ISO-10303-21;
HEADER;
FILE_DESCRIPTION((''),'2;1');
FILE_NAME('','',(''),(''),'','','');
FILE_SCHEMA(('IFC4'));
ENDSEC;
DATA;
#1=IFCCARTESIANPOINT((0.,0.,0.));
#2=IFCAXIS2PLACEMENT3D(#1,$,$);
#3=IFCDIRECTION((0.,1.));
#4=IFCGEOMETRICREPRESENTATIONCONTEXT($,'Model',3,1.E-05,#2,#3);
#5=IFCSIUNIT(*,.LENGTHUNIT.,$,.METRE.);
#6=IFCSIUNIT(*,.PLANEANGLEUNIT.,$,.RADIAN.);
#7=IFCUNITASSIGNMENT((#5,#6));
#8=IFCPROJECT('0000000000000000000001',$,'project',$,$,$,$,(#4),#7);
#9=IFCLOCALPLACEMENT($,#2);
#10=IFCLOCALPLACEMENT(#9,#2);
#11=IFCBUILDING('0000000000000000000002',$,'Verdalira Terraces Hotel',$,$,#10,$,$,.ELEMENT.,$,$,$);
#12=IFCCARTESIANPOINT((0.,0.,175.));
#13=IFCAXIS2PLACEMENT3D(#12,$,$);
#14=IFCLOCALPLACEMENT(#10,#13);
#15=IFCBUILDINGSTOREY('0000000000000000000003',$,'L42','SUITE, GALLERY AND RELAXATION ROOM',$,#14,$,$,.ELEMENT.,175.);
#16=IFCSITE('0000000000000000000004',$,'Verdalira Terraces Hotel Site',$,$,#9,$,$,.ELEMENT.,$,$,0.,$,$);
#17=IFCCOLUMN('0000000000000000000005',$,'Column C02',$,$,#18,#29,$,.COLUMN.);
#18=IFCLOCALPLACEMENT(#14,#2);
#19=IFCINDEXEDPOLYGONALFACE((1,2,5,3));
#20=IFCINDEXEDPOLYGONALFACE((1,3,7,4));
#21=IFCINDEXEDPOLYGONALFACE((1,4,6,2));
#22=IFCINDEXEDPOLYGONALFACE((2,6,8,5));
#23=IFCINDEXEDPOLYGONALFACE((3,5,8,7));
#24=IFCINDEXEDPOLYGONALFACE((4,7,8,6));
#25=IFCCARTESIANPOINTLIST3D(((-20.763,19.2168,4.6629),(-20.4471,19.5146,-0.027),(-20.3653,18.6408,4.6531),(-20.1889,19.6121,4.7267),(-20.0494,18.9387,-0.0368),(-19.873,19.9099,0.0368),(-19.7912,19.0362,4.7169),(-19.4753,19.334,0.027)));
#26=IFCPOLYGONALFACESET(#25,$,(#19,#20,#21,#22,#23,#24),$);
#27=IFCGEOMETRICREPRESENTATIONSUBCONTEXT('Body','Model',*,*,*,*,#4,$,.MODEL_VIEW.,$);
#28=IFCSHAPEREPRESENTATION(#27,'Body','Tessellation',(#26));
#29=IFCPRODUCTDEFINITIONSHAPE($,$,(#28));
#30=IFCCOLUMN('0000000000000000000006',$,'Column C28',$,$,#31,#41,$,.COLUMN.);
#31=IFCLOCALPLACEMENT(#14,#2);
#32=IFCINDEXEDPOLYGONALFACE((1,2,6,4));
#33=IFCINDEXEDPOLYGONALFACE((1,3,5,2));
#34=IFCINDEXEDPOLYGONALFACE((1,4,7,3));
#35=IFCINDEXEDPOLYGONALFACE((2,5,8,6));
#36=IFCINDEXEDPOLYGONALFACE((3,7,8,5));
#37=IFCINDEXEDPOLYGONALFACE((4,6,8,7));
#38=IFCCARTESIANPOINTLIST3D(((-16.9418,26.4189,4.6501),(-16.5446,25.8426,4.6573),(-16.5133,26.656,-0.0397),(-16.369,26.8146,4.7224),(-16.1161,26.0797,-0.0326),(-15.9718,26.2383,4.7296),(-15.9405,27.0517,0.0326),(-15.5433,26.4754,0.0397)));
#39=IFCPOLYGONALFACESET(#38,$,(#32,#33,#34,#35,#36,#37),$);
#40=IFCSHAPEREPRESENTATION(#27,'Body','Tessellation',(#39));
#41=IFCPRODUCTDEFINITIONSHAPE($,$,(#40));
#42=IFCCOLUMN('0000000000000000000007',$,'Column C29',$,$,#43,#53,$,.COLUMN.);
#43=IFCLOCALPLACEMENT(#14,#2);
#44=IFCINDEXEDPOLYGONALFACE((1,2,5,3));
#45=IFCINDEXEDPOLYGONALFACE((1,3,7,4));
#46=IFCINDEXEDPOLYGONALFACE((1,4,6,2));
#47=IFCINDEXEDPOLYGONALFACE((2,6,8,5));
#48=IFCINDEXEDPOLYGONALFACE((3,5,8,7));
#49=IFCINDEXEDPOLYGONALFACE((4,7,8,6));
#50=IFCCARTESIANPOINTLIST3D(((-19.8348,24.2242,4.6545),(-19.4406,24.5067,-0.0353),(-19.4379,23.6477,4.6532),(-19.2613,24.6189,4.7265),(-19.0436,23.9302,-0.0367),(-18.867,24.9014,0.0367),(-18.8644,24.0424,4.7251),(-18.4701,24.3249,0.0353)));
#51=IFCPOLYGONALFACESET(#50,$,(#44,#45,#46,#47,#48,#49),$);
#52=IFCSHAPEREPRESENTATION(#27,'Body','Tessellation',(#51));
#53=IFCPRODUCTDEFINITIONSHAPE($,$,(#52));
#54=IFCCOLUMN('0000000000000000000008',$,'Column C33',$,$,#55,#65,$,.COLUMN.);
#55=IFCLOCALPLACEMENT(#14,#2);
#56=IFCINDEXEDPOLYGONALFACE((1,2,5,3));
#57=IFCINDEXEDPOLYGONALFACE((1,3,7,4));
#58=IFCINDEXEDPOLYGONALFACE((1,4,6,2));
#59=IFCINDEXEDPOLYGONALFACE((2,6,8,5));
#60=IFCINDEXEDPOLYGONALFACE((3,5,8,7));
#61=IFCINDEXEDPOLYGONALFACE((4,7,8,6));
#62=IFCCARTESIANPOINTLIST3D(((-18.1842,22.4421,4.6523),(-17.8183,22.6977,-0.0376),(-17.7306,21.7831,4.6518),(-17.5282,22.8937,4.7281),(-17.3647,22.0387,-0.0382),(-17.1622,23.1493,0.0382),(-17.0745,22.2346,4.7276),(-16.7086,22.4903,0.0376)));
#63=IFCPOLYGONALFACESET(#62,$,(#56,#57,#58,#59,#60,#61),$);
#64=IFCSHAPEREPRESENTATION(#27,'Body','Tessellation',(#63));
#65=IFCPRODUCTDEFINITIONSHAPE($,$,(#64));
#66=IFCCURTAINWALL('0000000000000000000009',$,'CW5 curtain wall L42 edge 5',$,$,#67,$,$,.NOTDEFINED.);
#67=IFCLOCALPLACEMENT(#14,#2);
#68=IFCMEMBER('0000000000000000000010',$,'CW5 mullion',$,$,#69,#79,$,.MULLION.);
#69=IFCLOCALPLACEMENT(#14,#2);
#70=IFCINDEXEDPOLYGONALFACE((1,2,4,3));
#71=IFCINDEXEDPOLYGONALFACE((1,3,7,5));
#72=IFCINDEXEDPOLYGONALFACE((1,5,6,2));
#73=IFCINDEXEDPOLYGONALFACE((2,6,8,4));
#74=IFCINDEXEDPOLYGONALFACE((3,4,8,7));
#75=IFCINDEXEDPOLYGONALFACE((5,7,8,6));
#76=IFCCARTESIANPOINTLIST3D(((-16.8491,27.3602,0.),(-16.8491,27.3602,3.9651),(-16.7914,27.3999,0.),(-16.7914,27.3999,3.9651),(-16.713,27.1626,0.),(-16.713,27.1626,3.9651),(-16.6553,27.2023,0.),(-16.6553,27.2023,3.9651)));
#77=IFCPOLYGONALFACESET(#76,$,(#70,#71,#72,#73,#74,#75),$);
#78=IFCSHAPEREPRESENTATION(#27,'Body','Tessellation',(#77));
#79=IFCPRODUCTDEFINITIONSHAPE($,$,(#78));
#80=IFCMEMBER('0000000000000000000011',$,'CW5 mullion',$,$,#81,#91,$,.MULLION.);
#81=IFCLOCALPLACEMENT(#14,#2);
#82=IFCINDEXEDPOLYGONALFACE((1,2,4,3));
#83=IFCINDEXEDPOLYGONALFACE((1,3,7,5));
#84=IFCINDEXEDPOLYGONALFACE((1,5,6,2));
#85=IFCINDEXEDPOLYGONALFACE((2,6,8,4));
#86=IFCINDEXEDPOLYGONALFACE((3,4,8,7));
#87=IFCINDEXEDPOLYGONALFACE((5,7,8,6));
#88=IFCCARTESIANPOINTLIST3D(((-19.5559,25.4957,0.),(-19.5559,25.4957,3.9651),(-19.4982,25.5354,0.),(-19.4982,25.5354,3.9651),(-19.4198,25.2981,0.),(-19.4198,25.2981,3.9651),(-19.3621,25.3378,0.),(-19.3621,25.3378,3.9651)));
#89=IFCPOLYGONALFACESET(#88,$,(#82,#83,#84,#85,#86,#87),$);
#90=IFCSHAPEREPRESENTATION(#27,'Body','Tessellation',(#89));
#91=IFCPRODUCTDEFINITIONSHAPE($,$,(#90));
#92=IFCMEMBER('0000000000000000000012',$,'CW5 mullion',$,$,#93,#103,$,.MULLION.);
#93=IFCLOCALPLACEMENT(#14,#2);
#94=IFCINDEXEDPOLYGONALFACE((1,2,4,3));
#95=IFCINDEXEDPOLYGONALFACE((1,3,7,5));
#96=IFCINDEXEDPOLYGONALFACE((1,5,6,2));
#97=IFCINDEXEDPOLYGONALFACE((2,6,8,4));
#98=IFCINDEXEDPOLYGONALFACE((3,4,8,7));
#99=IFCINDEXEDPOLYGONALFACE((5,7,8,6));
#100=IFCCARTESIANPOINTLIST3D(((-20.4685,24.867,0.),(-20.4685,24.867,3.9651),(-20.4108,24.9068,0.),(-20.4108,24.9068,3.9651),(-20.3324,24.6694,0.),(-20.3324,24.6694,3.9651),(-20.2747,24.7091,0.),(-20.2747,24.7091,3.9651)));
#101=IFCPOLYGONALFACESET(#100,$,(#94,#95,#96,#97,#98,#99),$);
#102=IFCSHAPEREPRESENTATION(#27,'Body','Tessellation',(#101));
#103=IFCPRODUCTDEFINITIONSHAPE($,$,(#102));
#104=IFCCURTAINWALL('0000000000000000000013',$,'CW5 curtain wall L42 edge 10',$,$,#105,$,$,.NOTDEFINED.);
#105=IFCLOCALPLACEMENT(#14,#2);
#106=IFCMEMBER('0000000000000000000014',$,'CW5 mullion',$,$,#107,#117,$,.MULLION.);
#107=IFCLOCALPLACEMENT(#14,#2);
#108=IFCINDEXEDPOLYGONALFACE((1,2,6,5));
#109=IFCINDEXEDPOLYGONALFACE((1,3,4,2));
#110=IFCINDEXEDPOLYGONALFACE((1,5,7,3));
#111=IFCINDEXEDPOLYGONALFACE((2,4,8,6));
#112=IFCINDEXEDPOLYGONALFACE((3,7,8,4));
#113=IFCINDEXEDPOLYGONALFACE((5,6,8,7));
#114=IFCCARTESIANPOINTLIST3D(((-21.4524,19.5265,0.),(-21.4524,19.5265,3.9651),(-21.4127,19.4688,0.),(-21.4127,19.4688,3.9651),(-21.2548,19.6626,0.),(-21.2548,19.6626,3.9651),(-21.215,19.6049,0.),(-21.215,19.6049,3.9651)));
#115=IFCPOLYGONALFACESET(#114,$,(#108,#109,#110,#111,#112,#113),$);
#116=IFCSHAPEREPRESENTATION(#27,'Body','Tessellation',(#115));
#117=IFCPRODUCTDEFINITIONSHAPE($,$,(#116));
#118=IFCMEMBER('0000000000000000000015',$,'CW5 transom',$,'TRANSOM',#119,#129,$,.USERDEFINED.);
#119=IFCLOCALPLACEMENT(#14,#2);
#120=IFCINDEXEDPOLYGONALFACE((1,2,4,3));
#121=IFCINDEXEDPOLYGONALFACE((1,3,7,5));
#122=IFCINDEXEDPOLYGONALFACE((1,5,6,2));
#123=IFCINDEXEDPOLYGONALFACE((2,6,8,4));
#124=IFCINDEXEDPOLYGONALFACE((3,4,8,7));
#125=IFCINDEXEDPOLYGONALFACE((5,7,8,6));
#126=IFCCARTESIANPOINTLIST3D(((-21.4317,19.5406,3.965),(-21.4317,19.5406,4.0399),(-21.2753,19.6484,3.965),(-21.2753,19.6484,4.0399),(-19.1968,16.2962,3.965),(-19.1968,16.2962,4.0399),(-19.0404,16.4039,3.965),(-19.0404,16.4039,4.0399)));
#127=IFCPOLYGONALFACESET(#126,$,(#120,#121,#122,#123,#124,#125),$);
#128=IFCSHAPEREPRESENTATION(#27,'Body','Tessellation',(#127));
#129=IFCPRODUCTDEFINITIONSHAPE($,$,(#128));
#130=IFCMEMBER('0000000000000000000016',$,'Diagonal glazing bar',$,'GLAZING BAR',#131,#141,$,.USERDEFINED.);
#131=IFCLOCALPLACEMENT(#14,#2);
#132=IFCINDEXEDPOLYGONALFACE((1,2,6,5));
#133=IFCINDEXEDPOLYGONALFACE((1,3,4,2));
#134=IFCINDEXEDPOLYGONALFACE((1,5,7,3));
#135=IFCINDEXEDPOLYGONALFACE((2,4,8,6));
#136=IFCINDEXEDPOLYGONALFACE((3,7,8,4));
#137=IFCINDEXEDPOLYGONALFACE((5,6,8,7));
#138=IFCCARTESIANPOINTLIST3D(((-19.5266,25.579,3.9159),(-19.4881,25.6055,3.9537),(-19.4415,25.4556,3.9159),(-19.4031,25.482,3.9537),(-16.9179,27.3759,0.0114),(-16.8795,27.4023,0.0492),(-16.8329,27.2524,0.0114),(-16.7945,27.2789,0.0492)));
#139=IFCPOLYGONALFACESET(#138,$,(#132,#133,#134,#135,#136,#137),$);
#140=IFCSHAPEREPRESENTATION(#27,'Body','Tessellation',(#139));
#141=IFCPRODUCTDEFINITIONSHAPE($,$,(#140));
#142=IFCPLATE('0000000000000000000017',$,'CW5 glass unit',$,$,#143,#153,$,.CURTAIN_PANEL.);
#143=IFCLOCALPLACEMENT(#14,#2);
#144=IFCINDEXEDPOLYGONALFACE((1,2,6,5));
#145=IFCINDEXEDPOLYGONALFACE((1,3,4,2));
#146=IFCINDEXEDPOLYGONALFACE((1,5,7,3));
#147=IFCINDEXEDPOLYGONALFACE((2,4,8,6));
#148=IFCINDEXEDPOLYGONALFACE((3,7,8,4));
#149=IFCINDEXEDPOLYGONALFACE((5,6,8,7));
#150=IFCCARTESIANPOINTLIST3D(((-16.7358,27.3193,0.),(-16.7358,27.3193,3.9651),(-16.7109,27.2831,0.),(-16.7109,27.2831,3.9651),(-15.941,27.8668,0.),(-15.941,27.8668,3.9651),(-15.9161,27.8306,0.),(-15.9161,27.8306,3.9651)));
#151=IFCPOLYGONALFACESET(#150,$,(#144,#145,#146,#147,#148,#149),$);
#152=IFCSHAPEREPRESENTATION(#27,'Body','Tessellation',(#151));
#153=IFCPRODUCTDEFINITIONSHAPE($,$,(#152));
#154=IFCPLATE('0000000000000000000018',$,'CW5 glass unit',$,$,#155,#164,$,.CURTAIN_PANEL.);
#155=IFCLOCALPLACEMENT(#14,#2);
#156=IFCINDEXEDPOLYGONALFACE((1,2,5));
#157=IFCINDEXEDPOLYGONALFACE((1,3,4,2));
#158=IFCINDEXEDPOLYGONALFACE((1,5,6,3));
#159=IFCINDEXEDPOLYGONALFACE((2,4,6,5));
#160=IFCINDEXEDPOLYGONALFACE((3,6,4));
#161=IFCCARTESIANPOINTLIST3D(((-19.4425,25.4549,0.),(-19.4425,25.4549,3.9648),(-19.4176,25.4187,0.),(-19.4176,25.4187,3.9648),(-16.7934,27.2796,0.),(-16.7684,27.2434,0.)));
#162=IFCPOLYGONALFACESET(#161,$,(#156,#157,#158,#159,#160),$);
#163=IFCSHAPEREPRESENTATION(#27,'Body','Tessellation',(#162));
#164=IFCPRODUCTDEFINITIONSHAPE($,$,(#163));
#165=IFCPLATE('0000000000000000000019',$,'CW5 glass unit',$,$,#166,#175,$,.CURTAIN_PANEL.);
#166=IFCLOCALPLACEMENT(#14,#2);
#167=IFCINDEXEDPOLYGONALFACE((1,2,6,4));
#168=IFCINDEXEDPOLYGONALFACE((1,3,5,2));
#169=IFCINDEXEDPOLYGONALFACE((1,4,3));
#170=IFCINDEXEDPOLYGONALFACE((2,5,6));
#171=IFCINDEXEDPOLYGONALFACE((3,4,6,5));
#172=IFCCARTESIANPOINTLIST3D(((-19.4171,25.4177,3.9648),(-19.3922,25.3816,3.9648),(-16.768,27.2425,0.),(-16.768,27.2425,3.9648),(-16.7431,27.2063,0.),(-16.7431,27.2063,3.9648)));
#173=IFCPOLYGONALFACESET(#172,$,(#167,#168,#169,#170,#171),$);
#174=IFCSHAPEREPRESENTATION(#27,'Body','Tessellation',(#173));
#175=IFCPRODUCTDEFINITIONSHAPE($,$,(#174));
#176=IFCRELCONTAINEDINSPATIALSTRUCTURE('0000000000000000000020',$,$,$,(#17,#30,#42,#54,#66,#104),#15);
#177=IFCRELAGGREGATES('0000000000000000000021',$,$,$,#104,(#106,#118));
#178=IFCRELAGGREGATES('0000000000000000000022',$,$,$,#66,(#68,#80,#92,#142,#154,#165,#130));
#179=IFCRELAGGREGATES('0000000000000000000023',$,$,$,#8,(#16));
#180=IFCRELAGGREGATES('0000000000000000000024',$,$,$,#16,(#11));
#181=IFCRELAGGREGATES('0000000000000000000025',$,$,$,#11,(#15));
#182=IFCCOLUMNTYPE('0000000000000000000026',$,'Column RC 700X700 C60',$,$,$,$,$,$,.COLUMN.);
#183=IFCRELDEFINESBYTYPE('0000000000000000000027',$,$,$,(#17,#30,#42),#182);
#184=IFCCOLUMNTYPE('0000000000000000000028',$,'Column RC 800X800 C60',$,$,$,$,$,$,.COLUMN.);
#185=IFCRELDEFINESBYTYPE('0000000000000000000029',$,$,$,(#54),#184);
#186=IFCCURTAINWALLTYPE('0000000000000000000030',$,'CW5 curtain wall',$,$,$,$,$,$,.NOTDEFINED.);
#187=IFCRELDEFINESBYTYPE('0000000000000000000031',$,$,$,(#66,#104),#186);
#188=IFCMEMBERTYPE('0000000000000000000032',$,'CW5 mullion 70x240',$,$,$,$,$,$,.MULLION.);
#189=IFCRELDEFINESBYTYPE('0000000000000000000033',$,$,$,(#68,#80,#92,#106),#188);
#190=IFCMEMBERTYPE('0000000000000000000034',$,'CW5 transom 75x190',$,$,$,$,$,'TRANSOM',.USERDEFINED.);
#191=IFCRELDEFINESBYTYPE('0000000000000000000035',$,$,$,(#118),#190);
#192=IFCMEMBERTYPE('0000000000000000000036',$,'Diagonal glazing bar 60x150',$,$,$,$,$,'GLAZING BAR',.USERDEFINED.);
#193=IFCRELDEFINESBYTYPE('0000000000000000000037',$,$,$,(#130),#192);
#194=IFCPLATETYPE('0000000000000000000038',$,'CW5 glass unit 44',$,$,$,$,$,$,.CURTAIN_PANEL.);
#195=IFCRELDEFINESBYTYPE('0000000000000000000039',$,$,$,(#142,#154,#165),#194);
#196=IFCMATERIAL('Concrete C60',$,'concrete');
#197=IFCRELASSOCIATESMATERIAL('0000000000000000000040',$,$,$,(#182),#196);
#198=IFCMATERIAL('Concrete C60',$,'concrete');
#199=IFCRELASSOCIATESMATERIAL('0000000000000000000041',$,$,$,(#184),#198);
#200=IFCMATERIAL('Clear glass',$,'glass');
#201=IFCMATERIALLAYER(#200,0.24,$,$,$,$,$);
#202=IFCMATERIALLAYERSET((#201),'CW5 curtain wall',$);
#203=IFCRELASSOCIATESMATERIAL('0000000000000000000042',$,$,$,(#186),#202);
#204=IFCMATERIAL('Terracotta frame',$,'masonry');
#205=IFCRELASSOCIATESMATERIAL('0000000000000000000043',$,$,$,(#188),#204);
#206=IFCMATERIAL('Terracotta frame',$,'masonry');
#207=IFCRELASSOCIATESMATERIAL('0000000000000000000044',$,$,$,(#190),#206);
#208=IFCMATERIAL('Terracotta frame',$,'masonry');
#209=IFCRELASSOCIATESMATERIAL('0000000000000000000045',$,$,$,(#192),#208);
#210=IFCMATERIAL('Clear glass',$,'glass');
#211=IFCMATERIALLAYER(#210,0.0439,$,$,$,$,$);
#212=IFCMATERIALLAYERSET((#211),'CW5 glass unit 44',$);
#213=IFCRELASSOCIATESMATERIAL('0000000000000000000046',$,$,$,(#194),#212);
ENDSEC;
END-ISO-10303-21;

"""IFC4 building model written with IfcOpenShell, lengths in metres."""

from ifc_helpers import new_model, si_unit, direction, frame, origin, origin_2d, place, context, subcontext, project, spatial, polyline, rectangle, outline, extrude, material, layer, layer_set, material_profile, profile_set, type_object, element, aggregate, save


model = new_model("IFC4")

# Units and contexts
model_context = context("Model", 3, precision=1e-05, world=origin(), true_north=direction((0.0, 1.0)))
body_context = subcontext(model_context, "Body", "Model", "MODEL_VIEW")
ifc_project = project(units=[si_unit("LENGTHUNIT", "METRE"), si_unit("PLANEANGLEUNIT", "RADIAN")], contexts=[model_context])

# Site, building, storey
site_placement = place(None, origin())
site = spatial("IfcSite", under=ifc_project, at=site_placement, Name="Verdalira Terraces Hotel Site", CompositionType="ELEMENT", RefElevation=0.0)
building_placement = place(site_placement, origin())
building = spatial("IfcBuilding", under=site, at=building_placement, Name="Verdalira Terraces Hotel", CompositionType="ELEMENT")
storey_placement = place(building_placement, frame((0.0, 0.0, 175.0)))
storey = spatial("IfcBuildingStorey", under=building, at=storey_placement, Name="L42", Description="SUITE, GALLERY AND RELAXATION ROOM", CompositionType="ELEMENT", Elevation=175.0)

# Columns
ifc_material_1 = material(Name="Concrete C60", Category="concrete")
ifc_material_profile_1 = material_profile(ifc_material_1, rectangle(XDim=0.7, YDim=0.7, at=origin_2d()), Name="RC 700X700")
ifc_profile_set_1 = profile_set([ifc_material_profile_1], Name="Concrete C60")
column_type_1 = type_object("IfcColumnType", Name="Column RC 700X700 C60", PredefinedType="COLUMN", material=ifc_profile_set_1)
column_1_placement = place(storey_placement, frame((-19.9612, 19.4243, 0.0), z_axis=(-0.067074, -0.063238, 0.995742), x_axis=(0.568155, -0.822803, -0.013984)))
element("IfcColumn", 1, at=column_1_placement, inside=storey, type_object=column_type_1, Name="Column C02", PredefinedType="COLUMN", context=body_context, shape_type="SweptSolid", body=[
    extrude(rectangle(XDim=0.7, YDim=0.7, at=origin_2d()), origin(), (0.0, 0.0, 1.0), 4.71),
])
column_2_placement = place(storey_placement, frame((-16.0283, 26.5657, 0.0), z_axis=(-0.090865, -0.050273, 0.994593), x_axis=(-0.818369, -0.565326, -0.10334)))
element("IfcColumn", 2, at=column_2_placement, inside=storey, type_object=column_type_1, Name="Column C28", PredefinedType="COLUMN", context=body_context, shape_type="SweptSolid", body=[
    extrude(rectangle(XDim=0.7, YDim=0.7, at=origin_2d()), origin(), (0.0, 0.0, 1.0), 4.7153),
])
column_3_placement = place(storey_placement, frame((-18.9553, 24.4158, 0.0), z_axis=(-0.083625, -0.05991, 0.994695), x_axis=(-0.819404, -0.563913, -0.102852)))
element("IfcColumn", 3, at=column_3_placement, inside=storey, type_object=column_type_1, Name="Column C29", PredefinedType="COLUMN", context=body_context, shape_type="SweptSolid", body=[
    extrude(rectangle(XDim=0.7, YDim=0.7, at=origin_2d()), origin(), (0.0, 0.0, 1.0), 4.7148),
])
ifc_material_2 = material(Name="Concrete C60", Category="concrete")
ifc_material_profile_2 = material_profile(ifc_material_2, rectangle(XDim=0.8, YDim=0.8, at=origin_2d()), Name="RC 800X800")
ifc_profile_set_2 = profile_set([ifc_material_profile_2], Name="Concrete C60")
column_type_2 = type_object("IfcColumnType", Name="Column RC 800X800 C60", PredefinedType="COLUMN", material=ifc_profile_set_2)
column_4_placement = place(storey_placement, frame((-17.2634, 22.594, 0.0), z_axis=(-0.077681, -0.054258, 0.995501), x_axis=(-0.566986, 0.823727, 0.000652)))
element("IfcColumn", 4, at=column_4_placement, inside=storey, type_object=column_type_2, Name="Column C33", PredefinedType="COLUMN", context=body_context, shape_type="SweptSolid", body=[
    extrude(rectangle(XDim=0.8, YDim=0.8, at=origin_2d()), origin(), (0.0, 0.0, 1.0), 4.7112),
])

# Curtain walls, members
ifc_material_3 = material(Name="Clear glass", Category="glass")
ifc_layer_1 = layer(ifc_material_3, 0.24)
ifc_layer_set_1 = layer_set([ifc_layer_1], Name="CW5 curtain wall")
curtain_wall_type = type_object("IfcCurtainWallType", Name="CW5 curtain wall", PredefinedType="NOTDEFINED", material=ifc_layer_set_1)
curtain_wall_1_placement = place(storey_placement, origin())
curtain_wall_1 = element("IfcCurtainWall", 5, at=curtain_wall_1_placement, inside=storey, type_object=curtain_wall_type, Name="CW5 curtain wall L42 edge 5", PredefinedType="NOTDEFINED")
ifc_material_4 = material(Name="Terracotta frame", Category="masonry")
ifc_material_profile_3 = material_profile(ifc_material_4, rectangle(XDim=0.0701, YDim=0.24, at=origin_2d()), Name="MU 70x240")
ifc_profile_set_3 = profile_set([ifc_material_profile_3], Name="Terracotta frame")
member_type_1 = type_object("IfcMemberType", Name="CW5 mullion 70x240", PredefinedType="MULLION", material=ifc_profile_set_3)
member_1_placement = place(storey_placement, frame((-16.7522, 27.2812, 0.0), z_axis=(0.0, 0.0, 1.0), x_axis=(-0.823533, -0.567269, 0.0)))
member_1 = element("IfcMember", 6, at=member_1_placement, type_object=member_type_1, Name="CW5 mullion", PredefinedType="MULLION", context=body_context, shape_type="SweptSolid", body=[
    extrude(rectangle(XDim=0.0701, YDim=0.24, at=origin_2d()), origin(), (0.0, 0.0, 1.0), 3.9651),
])
member_2_placement = place(storey_placement, frame((-19.459, 25.4167, 0.0), z_axis=(0.0, 0.0, 1.0), x_axis=(-0.823533, -0.567269, 0.0)))
member_2 = element("IfcMember", 7, at=member_2_placement, type_object=member_type_1, Name="CW5 mullion", PredefinedType="MULLION", context=body_context, shape_type="SweptSolid", body=[
    extrude(rectangle(XDim=0.0701, YDim=0.24, at=origin_2d()), origin(), (0.0, 0.0, 1.0), 3.9651),
])
member_3_placement = place(storey_placement, frame((-20.3716, 24.7881, 0.0), z_axis=(0.0, 0.0, 1.0), x_axis=(-0.823533, -0.567269, 0.0)))
member_3 = element("IfcMember", 8, at=member_3_placement, type_object=member_type_1, Name="CW5 mullion", PredefinedType="MULLION", context=body_context, shape_type="SweptSolid", body=[
    extrude(rectangle(XDim=0.0701, YDim=0.24, at=origin_2d()), origin(), (0.0, 0.0, 1.0), 3.9651),
])
curtain_wall_2_placement = place(storey_placement, origin())
curtain_wall_2 = element("IfcCurtainWall", 9, at=curtain_wall_2_placement, inside=storey, type_object=curtain_wall_type, Name="CW5 curtain wall L42 edge 10", PredefinedType="NOTDEFINED")
member_4_placement = place(storey_placement, frame((-21.3337, 19.5657, 0.0), z_axis=(0.0, 0.0, 1.0), x_axis=(0.567269, -0.823533, 0.0)))
member_4 = element("IfcMember", 10, at=member_4_placement, type_object=member_type_1, Name="CW5 mullion", PredefinedType="MULLION", context=body_context, shape_type="SweptSolid", body=[
    extrude(rectangle(XDim=0.0701, YDim=0.24, at=origin_2d()), origin(), (0.0, 0.0, 1.0), 3.9651),
])
ifc_material_5 = material(Name="Terracotta frame", Category="masonry")
ifc_material_profile_4 = material_profile(ifc_material_5, rectangle(XDim=0.1899, YDim=0.075, at=origin_2d()), Name="TR 75x190")
ifc_profile_set_4 = profile_set([ifc_material_profile_4], Name="Terracotta frame")
member_type_2 = type_object("IfcMemberType", Name="CW5 transom 75x190", ElementType="TRANSOM", PredefinedType="USERDEFINED", material=ifc_profile_set_4)
member_5_placement = place(storey_placement, frame((-21.3535, 19.5945, 4.0024), z_axis=(0.567278, -0.823526, 0.0), x_axis=(0.823526, 0.567278, 0.0)))
member_5 = element("IfcMember", 11, at=member_5_placement, type_object=member_type_2, Name="CW5 transom", ObjectType="TRANSOM", PredefinedType="USERDEFINED", context=body_context, shape_type="SweptSolid", body=[
    extrude(rectangle(XDim=0.1899, YDim=0.075, at=origin_2d()), origin(), (0.0, 0.0, 1.0), 3.9397),
])
aggregate(curtain_wall_2, [member_4, member_5])

# Member
ifc_material_6 = material(Name="Terracotta frame", Category="masonry")
ifc_material_profile_5 = material_profile(ifc_material_6, rectangle(XDim=0.1499, YDim=0.0601, at=origin_2d()), Name="GB 60x150")
ifc_profile_set_5 = profile_set([ifc_material_profile_5], Name="Terracotta frame")
member_type_3 = type_object("IfcMemberType", Name="Diagonal glazing bar 60x150", ElementType="GLAZING BAR", PredefinedType="USERDEFINED", material=ifc_profile_set_5)
member_6_placement = place(storey_placement, frame((-16.8562, 27.3274, 0.0303), z_axis=(-0.518839, -0.357385, 0.776584), x_axis=(0.567265, -0.823536, 0.0)))
member_6 = element("IfcMember", 12, at=member_6_placement, type_object=member_type_3, Name="Diagonal glazing bar", ObjectType="GLAZING BAR", PredefinedType="USERDEFINED", context=body_context, shape_type="SweptSolid", body=[
    extrude(rectangle(XDim=0.1499, YDim=0.0601, at=origin_2d()), origin(), (0.0, 0.0, 1.0), 5.0278),
])

# Plates
ifc_material_7 = material(Name="Clear glass", Category="glass")
ifc_layer_2 = layer(ifc_material_7, 0.0439)
ifc_layer_set_2 = layer_set([ifc_layer_2], Name="CW5 glass unit 44")
plate_type = type_object("IfcPlateType", Name="CW5 glass unit 44", PredefinedType="CURTAIN_PANEL", material=ifc_layer_set_2)
plate_1_placement = place(storey_placement, frame((-16.3259, 27.575, 0.0), z_axis=(0.0, 0.0, 1.0), x_axis=(-0.823533, -0.567269, 0.0)))
plate_1 = element("IfcPlate", 13, at=plate_1_placement, type_object=plate_type, Name="CW5 glass unit", PredefinedType="CURTAIN_PANEL", context=body_context, shape_type="SweptSolid", body=[
    extrude(rectangle(XDim=0.9651, YDim=0.0439, at=origin_2d()), origin(), (0.0, 0.0, 1.0), 3.9651),
])
plate_2_placement = place(storey_placement, frame((-18.093, 26.3311, 1.9824), z_axis=(-0.567269, 0.823533, 0.0), x_axis=(-0.823533, -0.567269, 0.0)))
plate_2 = element("IfcPlate", 14, at=plate_2_placement, type_object=plate_type, Name="CW5 glass unit", PredefinedType="CURTAIN_PANEL", context=body_context, shape_type="SweptSolid", body=[
    extrude(outline(polyline([(-1.6084, -1.9824), (1.6084, -1.9824), (1.6084, 1.9824), (-1.6084, -1.9824)])), origin(), (0.0, 0.0, 1.0), 0.0439),
])
plate_3_placement = place(storey_placement, frame((-18.0676, 26.2939, 1.9824), z_axis=(-0.567269, 0.823533, 0.0), x_axis=(-0.823533, -0.567269, 0.0)))
plate_3 = element("IfcPlate", 15, at=plate_3_placement, type_object=plate_type, Name="CW5 glass unit", PredefinedType="CURTAIN_PANEL", context=body_context, shape_type="SweptSolid", body=[
    extrude(outline(polyline([(-1.6084, -1.9824), (1.6084, 1.9824), (-1.6084, 1.9824), (-1.6084, -1.9824)])), origin(), (0.0, 0.0, 1.0), 0.0439),
])
aggregate(curtain_wall_1, [member_1, member_2, member_3, plate_1, plate_2, plate_3, member_6])

save(model, "model.ifc")
